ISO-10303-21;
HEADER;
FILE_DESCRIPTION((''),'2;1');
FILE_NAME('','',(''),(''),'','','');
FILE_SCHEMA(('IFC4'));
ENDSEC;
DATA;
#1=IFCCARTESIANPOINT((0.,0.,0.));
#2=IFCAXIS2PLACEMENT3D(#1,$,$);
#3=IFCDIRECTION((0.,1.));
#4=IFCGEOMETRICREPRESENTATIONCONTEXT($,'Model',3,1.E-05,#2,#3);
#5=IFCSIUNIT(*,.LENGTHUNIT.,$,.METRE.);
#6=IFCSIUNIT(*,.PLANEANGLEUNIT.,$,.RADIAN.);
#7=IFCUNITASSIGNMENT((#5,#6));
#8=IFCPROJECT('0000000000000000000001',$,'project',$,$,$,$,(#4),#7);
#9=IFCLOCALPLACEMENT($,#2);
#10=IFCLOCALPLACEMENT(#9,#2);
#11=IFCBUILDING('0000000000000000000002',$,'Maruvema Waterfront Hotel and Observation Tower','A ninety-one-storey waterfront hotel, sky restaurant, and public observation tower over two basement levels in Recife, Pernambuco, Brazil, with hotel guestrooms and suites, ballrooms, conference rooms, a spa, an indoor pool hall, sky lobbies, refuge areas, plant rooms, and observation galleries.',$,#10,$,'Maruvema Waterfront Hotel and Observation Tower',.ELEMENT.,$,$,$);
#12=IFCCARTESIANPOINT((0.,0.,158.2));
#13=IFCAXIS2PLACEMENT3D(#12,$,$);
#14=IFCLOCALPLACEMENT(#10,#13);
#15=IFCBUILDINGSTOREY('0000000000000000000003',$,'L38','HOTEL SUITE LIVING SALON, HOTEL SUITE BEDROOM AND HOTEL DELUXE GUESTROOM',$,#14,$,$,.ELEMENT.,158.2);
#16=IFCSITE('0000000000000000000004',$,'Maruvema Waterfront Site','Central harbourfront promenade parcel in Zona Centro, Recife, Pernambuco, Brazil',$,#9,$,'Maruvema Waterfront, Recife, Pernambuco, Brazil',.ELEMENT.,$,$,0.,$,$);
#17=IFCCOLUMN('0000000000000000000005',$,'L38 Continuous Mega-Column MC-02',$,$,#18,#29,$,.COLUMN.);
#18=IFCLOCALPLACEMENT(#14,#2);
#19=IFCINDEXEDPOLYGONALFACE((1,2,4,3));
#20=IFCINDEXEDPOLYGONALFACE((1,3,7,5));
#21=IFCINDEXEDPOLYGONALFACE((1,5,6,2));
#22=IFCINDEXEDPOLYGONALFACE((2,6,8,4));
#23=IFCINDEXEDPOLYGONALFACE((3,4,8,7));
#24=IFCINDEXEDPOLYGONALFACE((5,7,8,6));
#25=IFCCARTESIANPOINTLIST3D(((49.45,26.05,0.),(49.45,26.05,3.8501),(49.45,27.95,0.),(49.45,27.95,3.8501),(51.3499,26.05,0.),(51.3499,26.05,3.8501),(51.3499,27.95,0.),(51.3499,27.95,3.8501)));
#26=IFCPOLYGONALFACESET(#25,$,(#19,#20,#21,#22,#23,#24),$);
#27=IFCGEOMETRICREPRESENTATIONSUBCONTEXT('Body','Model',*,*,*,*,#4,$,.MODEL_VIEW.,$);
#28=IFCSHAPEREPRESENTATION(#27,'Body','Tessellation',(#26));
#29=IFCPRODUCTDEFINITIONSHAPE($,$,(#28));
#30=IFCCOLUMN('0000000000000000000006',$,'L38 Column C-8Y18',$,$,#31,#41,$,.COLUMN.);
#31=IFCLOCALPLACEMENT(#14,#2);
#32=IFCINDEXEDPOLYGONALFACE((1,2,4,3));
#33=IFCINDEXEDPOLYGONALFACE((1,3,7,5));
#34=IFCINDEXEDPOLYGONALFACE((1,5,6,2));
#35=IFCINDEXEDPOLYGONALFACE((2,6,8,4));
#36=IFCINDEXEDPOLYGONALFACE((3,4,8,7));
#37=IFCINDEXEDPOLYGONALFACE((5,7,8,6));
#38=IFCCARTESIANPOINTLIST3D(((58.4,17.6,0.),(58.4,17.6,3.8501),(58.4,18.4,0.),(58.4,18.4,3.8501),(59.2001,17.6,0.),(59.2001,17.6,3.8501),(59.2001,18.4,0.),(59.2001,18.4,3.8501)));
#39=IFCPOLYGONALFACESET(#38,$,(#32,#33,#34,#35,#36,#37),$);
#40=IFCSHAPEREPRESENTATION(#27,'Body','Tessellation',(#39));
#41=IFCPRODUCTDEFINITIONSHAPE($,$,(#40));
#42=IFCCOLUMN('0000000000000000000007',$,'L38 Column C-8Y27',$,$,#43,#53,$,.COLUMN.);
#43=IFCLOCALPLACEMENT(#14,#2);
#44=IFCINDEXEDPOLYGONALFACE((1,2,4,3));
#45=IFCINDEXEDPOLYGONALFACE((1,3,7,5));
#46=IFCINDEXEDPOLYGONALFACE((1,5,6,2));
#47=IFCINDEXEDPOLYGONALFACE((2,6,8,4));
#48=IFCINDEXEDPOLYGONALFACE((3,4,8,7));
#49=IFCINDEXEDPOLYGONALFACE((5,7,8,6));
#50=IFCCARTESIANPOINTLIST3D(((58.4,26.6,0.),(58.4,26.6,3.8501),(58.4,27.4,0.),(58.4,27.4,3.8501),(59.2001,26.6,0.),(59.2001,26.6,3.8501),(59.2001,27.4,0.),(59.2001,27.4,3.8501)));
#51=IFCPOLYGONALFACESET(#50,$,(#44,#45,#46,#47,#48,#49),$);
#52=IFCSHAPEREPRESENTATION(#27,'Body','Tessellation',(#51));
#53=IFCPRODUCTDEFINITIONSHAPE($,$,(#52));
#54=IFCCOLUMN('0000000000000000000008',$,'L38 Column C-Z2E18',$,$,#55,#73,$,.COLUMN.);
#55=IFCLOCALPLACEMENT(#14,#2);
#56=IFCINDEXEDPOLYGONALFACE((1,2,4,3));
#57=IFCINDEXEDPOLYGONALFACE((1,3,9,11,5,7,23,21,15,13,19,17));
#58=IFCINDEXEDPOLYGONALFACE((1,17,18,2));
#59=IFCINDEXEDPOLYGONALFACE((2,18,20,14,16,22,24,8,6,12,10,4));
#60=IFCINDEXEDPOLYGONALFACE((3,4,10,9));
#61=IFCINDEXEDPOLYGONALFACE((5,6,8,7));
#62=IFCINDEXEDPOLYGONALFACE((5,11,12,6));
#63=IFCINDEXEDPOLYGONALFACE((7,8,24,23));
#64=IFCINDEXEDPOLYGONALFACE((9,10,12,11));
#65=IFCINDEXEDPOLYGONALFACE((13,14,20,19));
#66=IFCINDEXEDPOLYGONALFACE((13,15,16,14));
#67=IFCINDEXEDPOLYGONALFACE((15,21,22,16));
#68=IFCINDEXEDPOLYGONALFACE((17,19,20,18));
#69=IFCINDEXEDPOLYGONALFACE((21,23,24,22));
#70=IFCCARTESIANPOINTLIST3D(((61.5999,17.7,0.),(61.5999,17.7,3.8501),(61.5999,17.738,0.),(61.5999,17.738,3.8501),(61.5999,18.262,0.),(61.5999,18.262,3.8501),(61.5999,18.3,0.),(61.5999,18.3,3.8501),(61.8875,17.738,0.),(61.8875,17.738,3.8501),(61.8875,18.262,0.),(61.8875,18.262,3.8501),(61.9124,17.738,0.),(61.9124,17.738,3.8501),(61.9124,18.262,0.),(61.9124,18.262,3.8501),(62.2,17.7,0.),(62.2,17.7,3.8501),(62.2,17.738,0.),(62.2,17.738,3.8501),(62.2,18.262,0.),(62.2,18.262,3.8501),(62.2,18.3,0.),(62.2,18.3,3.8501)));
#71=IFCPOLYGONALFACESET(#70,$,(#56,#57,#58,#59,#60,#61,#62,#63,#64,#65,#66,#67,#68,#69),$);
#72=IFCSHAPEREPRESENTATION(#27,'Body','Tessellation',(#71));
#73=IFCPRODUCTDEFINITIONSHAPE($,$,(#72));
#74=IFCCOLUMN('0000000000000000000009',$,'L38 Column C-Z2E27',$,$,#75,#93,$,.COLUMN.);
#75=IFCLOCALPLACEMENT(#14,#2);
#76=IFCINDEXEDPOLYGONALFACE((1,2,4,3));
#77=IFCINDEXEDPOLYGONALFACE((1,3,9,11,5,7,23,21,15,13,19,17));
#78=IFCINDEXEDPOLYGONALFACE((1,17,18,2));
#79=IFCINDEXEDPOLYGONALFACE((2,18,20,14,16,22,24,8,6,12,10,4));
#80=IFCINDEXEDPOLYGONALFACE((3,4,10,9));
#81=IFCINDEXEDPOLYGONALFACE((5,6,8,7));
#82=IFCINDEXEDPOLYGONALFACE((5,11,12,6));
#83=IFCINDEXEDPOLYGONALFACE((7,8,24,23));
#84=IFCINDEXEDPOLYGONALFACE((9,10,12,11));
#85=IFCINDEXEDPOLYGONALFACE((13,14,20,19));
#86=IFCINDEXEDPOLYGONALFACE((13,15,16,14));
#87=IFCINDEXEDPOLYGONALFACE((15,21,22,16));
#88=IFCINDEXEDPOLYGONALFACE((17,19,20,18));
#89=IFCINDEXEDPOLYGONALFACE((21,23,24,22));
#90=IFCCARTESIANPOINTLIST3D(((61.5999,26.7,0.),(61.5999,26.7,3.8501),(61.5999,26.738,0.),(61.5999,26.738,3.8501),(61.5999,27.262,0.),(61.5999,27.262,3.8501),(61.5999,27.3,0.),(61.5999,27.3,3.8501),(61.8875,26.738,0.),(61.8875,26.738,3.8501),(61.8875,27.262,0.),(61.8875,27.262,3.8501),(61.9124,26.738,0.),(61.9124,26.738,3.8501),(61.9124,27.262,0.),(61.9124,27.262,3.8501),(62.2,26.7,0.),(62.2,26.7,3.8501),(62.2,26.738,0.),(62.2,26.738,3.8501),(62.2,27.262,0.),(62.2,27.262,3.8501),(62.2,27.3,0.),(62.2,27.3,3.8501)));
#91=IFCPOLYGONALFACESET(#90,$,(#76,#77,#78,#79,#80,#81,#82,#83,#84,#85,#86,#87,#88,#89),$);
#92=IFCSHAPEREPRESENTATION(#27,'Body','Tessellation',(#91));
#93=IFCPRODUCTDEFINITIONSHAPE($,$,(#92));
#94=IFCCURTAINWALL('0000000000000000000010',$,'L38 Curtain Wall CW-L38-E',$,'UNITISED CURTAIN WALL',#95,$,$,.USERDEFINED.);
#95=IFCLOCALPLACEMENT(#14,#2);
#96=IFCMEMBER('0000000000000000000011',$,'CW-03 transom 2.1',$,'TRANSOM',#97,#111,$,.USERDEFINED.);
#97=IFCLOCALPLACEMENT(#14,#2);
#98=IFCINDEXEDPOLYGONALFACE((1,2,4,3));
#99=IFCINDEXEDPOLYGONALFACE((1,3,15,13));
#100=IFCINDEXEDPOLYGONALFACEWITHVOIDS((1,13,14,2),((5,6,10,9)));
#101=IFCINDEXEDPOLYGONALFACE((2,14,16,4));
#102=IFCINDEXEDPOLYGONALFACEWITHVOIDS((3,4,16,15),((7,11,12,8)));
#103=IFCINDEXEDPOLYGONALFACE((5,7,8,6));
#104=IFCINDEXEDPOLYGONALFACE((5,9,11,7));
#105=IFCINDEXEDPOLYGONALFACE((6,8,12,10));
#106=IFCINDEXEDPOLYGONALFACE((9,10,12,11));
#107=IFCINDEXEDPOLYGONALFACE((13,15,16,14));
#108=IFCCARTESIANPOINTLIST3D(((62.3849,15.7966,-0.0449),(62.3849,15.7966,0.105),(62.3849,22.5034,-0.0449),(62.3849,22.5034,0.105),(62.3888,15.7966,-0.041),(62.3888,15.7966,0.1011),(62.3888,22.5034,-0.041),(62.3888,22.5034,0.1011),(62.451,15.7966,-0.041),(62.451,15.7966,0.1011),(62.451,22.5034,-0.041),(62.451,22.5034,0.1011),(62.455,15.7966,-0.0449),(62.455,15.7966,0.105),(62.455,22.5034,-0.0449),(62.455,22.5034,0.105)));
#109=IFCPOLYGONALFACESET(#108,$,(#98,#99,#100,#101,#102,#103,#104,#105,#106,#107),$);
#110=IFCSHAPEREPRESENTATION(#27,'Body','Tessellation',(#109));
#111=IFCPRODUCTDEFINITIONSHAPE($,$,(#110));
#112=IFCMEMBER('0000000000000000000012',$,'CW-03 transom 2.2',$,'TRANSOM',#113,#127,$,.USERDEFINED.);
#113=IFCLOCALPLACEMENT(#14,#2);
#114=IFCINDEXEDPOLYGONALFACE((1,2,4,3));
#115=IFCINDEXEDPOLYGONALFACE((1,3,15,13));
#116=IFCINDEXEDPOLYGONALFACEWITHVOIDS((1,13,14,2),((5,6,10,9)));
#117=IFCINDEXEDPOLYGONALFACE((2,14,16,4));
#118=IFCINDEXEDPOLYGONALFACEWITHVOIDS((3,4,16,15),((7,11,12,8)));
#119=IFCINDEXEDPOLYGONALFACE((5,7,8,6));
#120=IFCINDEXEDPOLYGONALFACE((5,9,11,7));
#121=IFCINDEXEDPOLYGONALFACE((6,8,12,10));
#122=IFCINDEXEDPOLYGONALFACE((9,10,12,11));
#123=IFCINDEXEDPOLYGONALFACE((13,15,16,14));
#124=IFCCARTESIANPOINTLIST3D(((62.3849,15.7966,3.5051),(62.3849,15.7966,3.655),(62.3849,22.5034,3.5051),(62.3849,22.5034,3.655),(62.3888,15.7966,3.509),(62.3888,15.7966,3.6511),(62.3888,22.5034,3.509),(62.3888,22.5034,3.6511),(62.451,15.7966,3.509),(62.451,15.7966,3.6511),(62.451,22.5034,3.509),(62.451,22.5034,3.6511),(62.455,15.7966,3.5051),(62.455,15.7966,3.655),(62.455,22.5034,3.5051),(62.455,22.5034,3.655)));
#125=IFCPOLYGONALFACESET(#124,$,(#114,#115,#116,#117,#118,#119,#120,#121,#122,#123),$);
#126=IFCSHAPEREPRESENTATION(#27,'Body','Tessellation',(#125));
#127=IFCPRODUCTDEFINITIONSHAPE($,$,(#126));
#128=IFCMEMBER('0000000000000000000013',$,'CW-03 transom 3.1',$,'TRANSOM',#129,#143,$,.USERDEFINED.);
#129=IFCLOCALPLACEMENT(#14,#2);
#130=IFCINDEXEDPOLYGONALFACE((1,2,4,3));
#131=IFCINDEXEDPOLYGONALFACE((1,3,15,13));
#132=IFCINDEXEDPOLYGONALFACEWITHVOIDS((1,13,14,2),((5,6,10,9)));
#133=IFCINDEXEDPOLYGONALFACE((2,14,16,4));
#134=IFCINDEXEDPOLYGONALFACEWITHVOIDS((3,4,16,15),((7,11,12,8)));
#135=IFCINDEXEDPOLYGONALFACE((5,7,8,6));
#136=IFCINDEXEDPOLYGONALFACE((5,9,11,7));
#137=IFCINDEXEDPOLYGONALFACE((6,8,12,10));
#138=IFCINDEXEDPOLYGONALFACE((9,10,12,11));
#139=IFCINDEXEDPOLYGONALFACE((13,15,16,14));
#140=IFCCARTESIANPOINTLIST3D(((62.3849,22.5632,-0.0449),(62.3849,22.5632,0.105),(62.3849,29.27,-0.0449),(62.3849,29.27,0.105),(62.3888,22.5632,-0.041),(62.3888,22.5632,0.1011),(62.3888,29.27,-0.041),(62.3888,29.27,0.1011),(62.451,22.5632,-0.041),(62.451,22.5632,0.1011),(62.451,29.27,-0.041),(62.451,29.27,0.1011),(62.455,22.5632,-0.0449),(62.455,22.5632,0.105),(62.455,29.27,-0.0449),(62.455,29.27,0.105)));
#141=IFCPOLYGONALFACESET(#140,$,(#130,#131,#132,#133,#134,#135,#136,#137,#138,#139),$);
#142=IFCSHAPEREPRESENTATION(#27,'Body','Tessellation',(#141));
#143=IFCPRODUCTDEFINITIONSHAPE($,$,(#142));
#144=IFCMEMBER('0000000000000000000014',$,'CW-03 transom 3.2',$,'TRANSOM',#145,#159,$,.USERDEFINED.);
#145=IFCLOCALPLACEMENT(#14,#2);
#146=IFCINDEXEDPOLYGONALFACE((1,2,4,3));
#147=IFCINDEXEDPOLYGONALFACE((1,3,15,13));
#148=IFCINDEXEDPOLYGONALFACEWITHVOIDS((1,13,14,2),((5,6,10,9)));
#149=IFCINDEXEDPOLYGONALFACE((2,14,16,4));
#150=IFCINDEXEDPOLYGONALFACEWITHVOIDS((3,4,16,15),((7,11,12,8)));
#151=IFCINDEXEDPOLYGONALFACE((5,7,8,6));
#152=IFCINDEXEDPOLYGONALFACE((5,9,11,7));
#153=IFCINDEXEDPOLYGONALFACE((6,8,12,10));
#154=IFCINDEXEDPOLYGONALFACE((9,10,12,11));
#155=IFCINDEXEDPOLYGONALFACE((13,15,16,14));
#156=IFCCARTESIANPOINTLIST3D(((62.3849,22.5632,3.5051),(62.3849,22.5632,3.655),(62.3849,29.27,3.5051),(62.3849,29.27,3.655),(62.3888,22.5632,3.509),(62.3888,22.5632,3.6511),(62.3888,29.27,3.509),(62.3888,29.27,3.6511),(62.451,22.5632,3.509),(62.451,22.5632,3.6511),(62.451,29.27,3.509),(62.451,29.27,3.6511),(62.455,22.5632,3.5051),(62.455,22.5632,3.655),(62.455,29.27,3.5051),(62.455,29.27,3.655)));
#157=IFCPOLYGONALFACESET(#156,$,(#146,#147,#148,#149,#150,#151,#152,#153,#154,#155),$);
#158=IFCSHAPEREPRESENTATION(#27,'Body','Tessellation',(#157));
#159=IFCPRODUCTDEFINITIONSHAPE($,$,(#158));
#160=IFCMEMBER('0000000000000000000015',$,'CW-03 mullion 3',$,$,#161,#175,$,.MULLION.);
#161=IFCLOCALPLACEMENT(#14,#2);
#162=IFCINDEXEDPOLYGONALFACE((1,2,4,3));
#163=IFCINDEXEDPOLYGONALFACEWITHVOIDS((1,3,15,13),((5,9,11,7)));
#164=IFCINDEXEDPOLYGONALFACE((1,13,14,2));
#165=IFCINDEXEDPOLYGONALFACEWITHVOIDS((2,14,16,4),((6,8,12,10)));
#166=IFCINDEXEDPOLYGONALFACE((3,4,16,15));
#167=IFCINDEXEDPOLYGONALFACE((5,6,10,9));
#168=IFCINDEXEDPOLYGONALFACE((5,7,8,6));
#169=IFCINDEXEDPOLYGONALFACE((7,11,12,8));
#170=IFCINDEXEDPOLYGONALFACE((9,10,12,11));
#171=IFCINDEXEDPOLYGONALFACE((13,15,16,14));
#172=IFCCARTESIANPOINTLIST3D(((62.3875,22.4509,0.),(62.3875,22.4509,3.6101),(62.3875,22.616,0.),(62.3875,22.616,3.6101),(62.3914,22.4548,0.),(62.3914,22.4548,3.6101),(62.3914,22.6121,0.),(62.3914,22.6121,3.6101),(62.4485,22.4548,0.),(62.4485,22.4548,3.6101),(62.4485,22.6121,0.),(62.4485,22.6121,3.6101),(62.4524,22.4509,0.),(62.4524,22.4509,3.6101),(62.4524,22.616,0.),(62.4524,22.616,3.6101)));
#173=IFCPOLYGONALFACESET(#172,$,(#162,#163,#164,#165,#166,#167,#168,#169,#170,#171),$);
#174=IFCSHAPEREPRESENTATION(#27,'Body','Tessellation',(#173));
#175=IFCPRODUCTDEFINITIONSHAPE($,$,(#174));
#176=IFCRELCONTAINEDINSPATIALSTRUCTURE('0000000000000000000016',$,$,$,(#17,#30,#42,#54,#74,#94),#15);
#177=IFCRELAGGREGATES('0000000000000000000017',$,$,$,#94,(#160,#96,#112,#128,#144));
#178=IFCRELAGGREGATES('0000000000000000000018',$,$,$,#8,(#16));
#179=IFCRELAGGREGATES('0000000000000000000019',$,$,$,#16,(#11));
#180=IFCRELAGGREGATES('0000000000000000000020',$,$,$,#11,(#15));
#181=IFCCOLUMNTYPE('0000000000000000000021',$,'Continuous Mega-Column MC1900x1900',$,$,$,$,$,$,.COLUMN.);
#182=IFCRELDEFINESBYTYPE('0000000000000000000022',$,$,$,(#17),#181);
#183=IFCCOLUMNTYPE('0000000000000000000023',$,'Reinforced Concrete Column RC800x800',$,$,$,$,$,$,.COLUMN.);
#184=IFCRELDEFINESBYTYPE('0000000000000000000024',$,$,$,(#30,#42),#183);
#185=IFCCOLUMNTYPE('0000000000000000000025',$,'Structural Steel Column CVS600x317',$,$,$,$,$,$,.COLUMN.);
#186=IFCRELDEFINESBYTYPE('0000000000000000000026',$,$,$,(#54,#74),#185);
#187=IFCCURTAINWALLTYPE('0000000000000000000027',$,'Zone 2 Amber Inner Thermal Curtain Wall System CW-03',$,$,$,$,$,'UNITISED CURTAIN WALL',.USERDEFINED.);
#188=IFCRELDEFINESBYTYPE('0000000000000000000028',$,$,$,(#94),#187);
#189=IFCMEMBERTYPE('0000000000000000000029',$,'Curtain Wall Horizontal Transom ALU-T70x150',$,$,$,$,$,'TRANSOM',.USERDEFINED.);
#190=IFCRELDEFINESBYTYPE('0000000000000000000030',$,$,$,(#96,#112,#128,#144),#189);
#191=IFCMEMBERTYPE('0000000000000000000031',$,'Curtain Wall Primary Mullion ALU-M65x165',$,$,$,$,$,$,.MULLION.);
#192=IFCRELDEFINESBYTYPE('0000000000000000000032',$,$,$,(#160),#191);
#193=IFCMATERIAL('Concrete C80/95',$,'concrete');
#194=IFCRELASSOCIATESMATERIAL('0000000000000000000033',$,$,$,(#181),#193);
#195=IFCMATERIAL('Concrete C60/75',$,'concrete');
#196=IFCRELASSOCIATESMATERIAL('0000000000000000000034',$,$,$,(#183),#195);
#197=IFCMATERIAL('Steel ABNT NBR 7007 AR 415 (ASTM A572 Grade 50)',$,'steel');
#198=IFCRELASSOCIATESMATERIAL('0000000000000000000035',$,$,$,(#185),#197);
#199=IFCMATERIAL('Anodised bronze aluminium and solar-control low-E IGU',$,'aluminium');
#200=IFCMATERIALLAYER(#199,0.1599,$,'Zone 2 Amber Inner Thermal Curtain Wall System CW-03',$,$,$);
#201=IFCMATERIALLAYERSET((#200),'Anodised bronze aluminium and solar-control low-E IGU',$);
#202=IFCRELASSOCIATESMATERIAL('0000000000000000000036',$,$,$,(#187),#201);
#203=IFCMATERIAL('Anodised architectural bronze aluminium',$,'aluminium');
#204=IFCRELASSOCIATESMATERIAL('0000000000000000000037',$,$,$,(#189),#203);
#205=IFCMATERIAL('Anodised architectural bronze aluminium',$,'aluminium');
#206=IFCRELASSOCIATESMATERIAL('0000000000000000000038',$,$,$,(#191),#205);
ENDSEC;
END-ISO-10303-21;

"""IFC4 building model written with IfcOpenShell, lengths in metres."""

from ifc_helpers import new_model, si_unit, direction, frame, origin, origin_2d, place, context, subcontext, project, spatial, rectangle, hollow_rectangle, i_section, extrude, material, layer, layer_set, material_profile, profile_set, type_object, element, aggregate, save


model = new_model("IFC4")

# Units and contexts
model_context = context("Model", 3, precision=1e-05, world=origin(), true_north=direction((0.0, 1.0)))
body_context = subcontext(model_context, "Body", "Model", "MODEL_VIEW")
ifc_project = project(units=[si_unit("LENGTHUNIT", "METRE"), si_unit("PLANEANGLEUNIT", "RADIAN")], contexts=[model_context])

# Site, building, storey
site_placement = place(None, origin())
site = spatial("IfcSite", under=ifc_project, at=site_placement, Name="Maruvema Waterfront Site", Description="Central harbourfront promenade parcel in Zona Centro, Recife, Pernambuco, Brazil", LongName="Maruvema Waterfront, Recife, Pernambuco, Brazil", CompositionType="ELEMENT", RefElevation=0.0)
building_placement = place(site_placement, origin())
building = spatial("IfcBuilding", under=site, at=building_placement, Name="Maruvema Waterfront Hotel and Observation Tower", Description="A ninety-one-storey waterfront hotel, sky restaurant, and public observation tower over two basement levels in Recife, Pernambuco, Brazil, with hotel guestrooms and suites, ballrooms, conference rooms, a spa, an indoor pool hall, sky lobbies, refuge areas, plant rooms, and observation galleries.", LongName="Maruvema Waterfront Hotel and Observation Tower", CompositionType="ELEMENT")
storey_placement = place(building_placement, frame((0.0, 0.0, 158.2)))
storey = spatial("IfcBuildingStorey", under=building, at=storey_placement, Name="L38", Description="HOTEL SUITE LIVING SALON, HOTEL SUITE BEDROOM AND HOTEL DELUXE GUESTROOM", CompositionType="ELEMENT", Elevation=158.2)

# Columns
ifc_material_1 = material(Name="Concrete C80/95", Category="concrete")
ifc_material_profile_1 = material_profile(ifc_material_1, rectangle(XDim=1.8999, YDim=1.8999, at=origin_2d()), Name="MC1900x1900")
ifc_profile_set_1 = profile_set([ifc_material_profile_1], Name="Concrete C80/95")
column_type_1 = type_object("IfcColumnType", Name="Continuous Mega-Column MC1900x1900", PredefinedType="COLUMN", material=ifc_profile_set_1)
column_placement = place(storey_placement, frame((50.3999, 27.0, 0.0), z_axis=(0.0, 0.0, 1.0), x_axis=(1.0, 0.0, 0.0)))
element("IfcColumn", 1, at=column_placement, inside=storey, type_object=column_type_1, Name="L38 Continuous Mega-Column MC-02", PredefinedType="COLUMN", context=body_context, shape_type="SweptSolid", body=[
    extrude(rectangle(XDim=1.8999, YDim=1.8999, at=origin_2d()), origin(), (0.0, 0.0, 1.0), 3.8501),
])
ifc_material_2 = material(Name="Concrete C60/75", Category="concrete")
ifc_material_profile_2 = material_profile(ifc_material_2, rectangle(XDim=0.8, YDim=0.8, at=origin_2d()), Name="RC800x800")
ifc_profile_set_2 = profile_set([ifc_material_profile_2], Name="Concrete C60/75")
column_type_2 = type_object("IfcColumnType", Name="Reinforced Concrete Column RC800x800", PredefinedType="COLUMN", material=ifc_profile_set_2)
for number, where, z_axis, x_axis, name in (
    (2, (58.8, 18.0, 0.0), (0.0, 0.0, 1.0), (1.0, 0.0, 0.0), "L38 Column C-8Y18"),
    (3, (58.8, 27.0, 0.0), (0.0, 0.0, 1.0), (1.0, 0.0, 0.0), "L38 Column C-8Y27"),
):
    element("IfcColumn", number, at=place(storey_placement, frame(where, z_axis=z_axis, x_axis=x_axis)), inside=storey, type_object=column_type_2, Name=name, PredefinedType="COLUMN", context=body_context, shape_type="SweptSolid", body=[
        extrude(rectangle(XDim=0.8, YDim=0.8, at=origin_2d()), origin(), (0.0, 0.0, 1.0), 3.8501),
    ])
ifc_material_3 = material(Name="Steel ABNT NBR 7007 AR 415 (ASTM A572 Grade 50)", Category="steel")
ifc_material_profile_3 = material_profile(ifc_material_3, i_section(OverallWidth=0.6001, OverallDepth=0.6001, WebThickness=0.0249, FlangeThickness=0.0381, at=origin_2d()), Name="CVS600x317")
ifc_profile_set_3 = profile_set([ifc_material_profile_3], Name="Steel ABNT NBR 7007 AR 415 (ASTM A572 Grade 50)")
column_type_3 = type_object("IfcColumnType", Name="Structural Steel Column CVS600x317", PredefinedType="COLUMN", material=ifc_profile_set_3)
for number, where, z_axis, x_axis, name in (
    (4, (61.8999, 18.0, 0.0), (0.0, 0.0, 1.0), (1.0, 0.0, 0.0), "L38 Column C-Z2E18"),
    (5, (61.8999, 27.0, 0.0), (0.0, 0.0, 1.0), (1.0, 0.0, 0.0), "L38 Column C-Z2E27"),
):
    element("IfcColumn", number, at=place(storey_placement, frame(where, z_axis=z_axis, x_axis=x_axis)), inside=storey, type_object=column_type_3, Name=name, PredefinedType="COLUMN", context=body_context, shape_type="SweptSolid", body=[
        extrude(i_section(OverallWidth=0.6001, OverallDepth=0.6001, WebThickness=0.0249, FlangeThickness=0.0381, at=origin_2d()), origin(), (0.0, 0.0, 1.0), 3.8501),
    ])

# Curtain wall, members
ifc_material_4 = material(Name="Anodised bronze aluminium and solar-control low-E IGU", Category="aluminium")
ifc_layer_1 = layer(ifc_material_4, 0.1599, Name="Zone 2 Amber Inner Thermal Curtain Wall System CW-03")
ifc_layer_set_1 = layer_set([ifc_layer_1], Name="Anodised bronze aluminium and solar-control low-E IGU")
curtain_wall_type = type_object("IfcCurtainWallType", Name="Zone 2 Amber Inner Thermal Curtain Wall System CW-03", ElementType="UNITISED CURTAIN WALL", PredefinedType="USERDEFINED", material=ifc_layer_set_1)
curtain_wall_placement = place(storey_placement, origin())
curtain_wall = element("IfcCurtainWall", 6, at=curtain_wall_placement, inside=storey, type_object=curtain_wall_type, Name="L38 Curtain Wall CW-L38-E", ObjectType="UNITISED CURTAIN WALL", PredefinedType="USERDEFINED")
ifc_material_5 = material(Name="Anodised architectural bronze aluminium", Category="aluminium")
ifc_material_profile_4 = material_profile(ifc_material_5, hollow_rectangle(XDim=0.0701, YDim=0.1499, WallThickness=0.0039, at=origin_2d()), Name="ALU-T70x150")
ifc_profile_set_4 = profile_set([ifc_material_profile_4], Name="Anodised architectural bronze aluminium")
member_type_1 = type_object("IfcMemberType", Name="Curtain Wall Horizontal Transom ALU-T70x150", ElementType="TRANSOM", PredefinedType="USERDEFINED", material=ifc_profile_set_4)
member_1_placement = place(storey_placement, frame((62.4199, 15.7966, 0.03), z_axis=(0.0, 1.0, 0.0), x_axis=(-1.0, 0.0, 0.0)))
member_1 = element("IfcMember", 7, at=member_1_placement, type_object=member_type_1, Name="CW-03 transom 2.1", ObjectType="TRANSOM", PredefinedType="USERDEFINED", context=body_context, shape_type="SweptSolid", body=[
    extrude(hollow_rectangle(XDim=0.0701, YDim=0.1499, WallThickness=0.0039, at=origin_2d()), origin(), (0.0, 0.0, 1.0), 6.7068),
])
member_2_placement = place(storey_placement, frame((62.4199, 15.7966, 3.5801), z_axis=(0.0, 1.0, 0.0), x_axis=(-1.0, 0.0, 0.0)))
member_2 = element("IfcMember", 8, at=member_2_placement, type_object=member_type_1, Name="CW-03 transom 2.2", ObjectType="TRANSOM", PredefinedType="USERDEFINED", context=body_context, shape_type="SweptSolid", body=[
    extrude(hollow_rectangle(XDim=0.0701, YDim=0.1499, WallThickness=0.0039, at=origin_2d()), origin(), (0.0, 0.0, 1.0), 6.7068),
])
member_3_placement = place(storey_placement, frame((62.4199, 22.5632, 0.03), z_axis=(0.0, 1.0, 0.0), x_axis=(-1.0, 0.0, 0.0)))
member_3 = element("IfcMember", 9, at=member_3_placement, type_object=member_type_1, Name="CW-03 transom 3.1", ObjectType="TRANSOM", PredefinedType="USERDEFINED", context=body_context, shape_type="SweptSolid", body=[
    extrude(hollow_rectangle(XDim=0.0701, YDim=0.1499, WallThickness=0.0039, at=origin_2d()), origin(), (0.0, 0.0, 1.0), 6.7068),
])
member_4_placement = place(storey_placement, frame((62.4199, 22.5632, 3.5801), z_axis=(0.0, 1.0, 0.0), x_axis=(-1.0, 0.0, 0.0)))
member_4 = element("IfcMember", 10, at=member_4_placement, type_object=member_type_1, Name="CW-03 transom 3.2", ObjectType="TRANSOM", PredefinedType="USERDEFINED", context=body_context, shape_type="SweptSolid", body=[
    extrude(hollow_rectangle(XDim=0.0701, YDim=0.1499, WallThickness=0.0039, at=origin_2d()), origin(), (0.0, 0.0, 1.0), 6.7068),
])
ifc_material_6 = material(Name="Anodised architectural bronze aluminium", Category="aluminium")
ifc_material_profile_5 = material_profile(ifc_material_6, hollow_rectangle(XDim=0.0649, YDim=0.165, WallThickness=0.0039, at=origin_2d()), Name="ALU-M65x165")
ifc_profile_set_5 = profile_set([ifc_material_profile_5], Name="Anodised architectural bronze aluminium")
member_type_2 = type_object("IfcMemberType", Name="Curtain Wall Primary Mullion ALU-M65x165", PredefinedType="MULLION", material=ifc_profile_set_5)
member_5_placement = place(storey_placement, frame((62.4199, 22.5334, 0.0), z_axis=(0.0, 0.0, 1.0), x_axis=(-1.0, 0.0, 0.0)))
member_5 = element("IfcMember", 11, at=member_5_placement, type_object=member_type_2, Name="CW-03 mullion 3", PredefinedType="MULLION", context=body_context, shape_type="SweptSolid", body=[
    extrude(hollow_rectangle(XDim=0.0649, YDim=0.165, WallThickness=0.0039, at=origin_2d()), origin(), (0.0, 0.0, 1.0), 3.6101),
])

aggregate(curtain_wall, [member_5, member_1, member_2, member_3, member_4])

save(model, "model.ifc")
